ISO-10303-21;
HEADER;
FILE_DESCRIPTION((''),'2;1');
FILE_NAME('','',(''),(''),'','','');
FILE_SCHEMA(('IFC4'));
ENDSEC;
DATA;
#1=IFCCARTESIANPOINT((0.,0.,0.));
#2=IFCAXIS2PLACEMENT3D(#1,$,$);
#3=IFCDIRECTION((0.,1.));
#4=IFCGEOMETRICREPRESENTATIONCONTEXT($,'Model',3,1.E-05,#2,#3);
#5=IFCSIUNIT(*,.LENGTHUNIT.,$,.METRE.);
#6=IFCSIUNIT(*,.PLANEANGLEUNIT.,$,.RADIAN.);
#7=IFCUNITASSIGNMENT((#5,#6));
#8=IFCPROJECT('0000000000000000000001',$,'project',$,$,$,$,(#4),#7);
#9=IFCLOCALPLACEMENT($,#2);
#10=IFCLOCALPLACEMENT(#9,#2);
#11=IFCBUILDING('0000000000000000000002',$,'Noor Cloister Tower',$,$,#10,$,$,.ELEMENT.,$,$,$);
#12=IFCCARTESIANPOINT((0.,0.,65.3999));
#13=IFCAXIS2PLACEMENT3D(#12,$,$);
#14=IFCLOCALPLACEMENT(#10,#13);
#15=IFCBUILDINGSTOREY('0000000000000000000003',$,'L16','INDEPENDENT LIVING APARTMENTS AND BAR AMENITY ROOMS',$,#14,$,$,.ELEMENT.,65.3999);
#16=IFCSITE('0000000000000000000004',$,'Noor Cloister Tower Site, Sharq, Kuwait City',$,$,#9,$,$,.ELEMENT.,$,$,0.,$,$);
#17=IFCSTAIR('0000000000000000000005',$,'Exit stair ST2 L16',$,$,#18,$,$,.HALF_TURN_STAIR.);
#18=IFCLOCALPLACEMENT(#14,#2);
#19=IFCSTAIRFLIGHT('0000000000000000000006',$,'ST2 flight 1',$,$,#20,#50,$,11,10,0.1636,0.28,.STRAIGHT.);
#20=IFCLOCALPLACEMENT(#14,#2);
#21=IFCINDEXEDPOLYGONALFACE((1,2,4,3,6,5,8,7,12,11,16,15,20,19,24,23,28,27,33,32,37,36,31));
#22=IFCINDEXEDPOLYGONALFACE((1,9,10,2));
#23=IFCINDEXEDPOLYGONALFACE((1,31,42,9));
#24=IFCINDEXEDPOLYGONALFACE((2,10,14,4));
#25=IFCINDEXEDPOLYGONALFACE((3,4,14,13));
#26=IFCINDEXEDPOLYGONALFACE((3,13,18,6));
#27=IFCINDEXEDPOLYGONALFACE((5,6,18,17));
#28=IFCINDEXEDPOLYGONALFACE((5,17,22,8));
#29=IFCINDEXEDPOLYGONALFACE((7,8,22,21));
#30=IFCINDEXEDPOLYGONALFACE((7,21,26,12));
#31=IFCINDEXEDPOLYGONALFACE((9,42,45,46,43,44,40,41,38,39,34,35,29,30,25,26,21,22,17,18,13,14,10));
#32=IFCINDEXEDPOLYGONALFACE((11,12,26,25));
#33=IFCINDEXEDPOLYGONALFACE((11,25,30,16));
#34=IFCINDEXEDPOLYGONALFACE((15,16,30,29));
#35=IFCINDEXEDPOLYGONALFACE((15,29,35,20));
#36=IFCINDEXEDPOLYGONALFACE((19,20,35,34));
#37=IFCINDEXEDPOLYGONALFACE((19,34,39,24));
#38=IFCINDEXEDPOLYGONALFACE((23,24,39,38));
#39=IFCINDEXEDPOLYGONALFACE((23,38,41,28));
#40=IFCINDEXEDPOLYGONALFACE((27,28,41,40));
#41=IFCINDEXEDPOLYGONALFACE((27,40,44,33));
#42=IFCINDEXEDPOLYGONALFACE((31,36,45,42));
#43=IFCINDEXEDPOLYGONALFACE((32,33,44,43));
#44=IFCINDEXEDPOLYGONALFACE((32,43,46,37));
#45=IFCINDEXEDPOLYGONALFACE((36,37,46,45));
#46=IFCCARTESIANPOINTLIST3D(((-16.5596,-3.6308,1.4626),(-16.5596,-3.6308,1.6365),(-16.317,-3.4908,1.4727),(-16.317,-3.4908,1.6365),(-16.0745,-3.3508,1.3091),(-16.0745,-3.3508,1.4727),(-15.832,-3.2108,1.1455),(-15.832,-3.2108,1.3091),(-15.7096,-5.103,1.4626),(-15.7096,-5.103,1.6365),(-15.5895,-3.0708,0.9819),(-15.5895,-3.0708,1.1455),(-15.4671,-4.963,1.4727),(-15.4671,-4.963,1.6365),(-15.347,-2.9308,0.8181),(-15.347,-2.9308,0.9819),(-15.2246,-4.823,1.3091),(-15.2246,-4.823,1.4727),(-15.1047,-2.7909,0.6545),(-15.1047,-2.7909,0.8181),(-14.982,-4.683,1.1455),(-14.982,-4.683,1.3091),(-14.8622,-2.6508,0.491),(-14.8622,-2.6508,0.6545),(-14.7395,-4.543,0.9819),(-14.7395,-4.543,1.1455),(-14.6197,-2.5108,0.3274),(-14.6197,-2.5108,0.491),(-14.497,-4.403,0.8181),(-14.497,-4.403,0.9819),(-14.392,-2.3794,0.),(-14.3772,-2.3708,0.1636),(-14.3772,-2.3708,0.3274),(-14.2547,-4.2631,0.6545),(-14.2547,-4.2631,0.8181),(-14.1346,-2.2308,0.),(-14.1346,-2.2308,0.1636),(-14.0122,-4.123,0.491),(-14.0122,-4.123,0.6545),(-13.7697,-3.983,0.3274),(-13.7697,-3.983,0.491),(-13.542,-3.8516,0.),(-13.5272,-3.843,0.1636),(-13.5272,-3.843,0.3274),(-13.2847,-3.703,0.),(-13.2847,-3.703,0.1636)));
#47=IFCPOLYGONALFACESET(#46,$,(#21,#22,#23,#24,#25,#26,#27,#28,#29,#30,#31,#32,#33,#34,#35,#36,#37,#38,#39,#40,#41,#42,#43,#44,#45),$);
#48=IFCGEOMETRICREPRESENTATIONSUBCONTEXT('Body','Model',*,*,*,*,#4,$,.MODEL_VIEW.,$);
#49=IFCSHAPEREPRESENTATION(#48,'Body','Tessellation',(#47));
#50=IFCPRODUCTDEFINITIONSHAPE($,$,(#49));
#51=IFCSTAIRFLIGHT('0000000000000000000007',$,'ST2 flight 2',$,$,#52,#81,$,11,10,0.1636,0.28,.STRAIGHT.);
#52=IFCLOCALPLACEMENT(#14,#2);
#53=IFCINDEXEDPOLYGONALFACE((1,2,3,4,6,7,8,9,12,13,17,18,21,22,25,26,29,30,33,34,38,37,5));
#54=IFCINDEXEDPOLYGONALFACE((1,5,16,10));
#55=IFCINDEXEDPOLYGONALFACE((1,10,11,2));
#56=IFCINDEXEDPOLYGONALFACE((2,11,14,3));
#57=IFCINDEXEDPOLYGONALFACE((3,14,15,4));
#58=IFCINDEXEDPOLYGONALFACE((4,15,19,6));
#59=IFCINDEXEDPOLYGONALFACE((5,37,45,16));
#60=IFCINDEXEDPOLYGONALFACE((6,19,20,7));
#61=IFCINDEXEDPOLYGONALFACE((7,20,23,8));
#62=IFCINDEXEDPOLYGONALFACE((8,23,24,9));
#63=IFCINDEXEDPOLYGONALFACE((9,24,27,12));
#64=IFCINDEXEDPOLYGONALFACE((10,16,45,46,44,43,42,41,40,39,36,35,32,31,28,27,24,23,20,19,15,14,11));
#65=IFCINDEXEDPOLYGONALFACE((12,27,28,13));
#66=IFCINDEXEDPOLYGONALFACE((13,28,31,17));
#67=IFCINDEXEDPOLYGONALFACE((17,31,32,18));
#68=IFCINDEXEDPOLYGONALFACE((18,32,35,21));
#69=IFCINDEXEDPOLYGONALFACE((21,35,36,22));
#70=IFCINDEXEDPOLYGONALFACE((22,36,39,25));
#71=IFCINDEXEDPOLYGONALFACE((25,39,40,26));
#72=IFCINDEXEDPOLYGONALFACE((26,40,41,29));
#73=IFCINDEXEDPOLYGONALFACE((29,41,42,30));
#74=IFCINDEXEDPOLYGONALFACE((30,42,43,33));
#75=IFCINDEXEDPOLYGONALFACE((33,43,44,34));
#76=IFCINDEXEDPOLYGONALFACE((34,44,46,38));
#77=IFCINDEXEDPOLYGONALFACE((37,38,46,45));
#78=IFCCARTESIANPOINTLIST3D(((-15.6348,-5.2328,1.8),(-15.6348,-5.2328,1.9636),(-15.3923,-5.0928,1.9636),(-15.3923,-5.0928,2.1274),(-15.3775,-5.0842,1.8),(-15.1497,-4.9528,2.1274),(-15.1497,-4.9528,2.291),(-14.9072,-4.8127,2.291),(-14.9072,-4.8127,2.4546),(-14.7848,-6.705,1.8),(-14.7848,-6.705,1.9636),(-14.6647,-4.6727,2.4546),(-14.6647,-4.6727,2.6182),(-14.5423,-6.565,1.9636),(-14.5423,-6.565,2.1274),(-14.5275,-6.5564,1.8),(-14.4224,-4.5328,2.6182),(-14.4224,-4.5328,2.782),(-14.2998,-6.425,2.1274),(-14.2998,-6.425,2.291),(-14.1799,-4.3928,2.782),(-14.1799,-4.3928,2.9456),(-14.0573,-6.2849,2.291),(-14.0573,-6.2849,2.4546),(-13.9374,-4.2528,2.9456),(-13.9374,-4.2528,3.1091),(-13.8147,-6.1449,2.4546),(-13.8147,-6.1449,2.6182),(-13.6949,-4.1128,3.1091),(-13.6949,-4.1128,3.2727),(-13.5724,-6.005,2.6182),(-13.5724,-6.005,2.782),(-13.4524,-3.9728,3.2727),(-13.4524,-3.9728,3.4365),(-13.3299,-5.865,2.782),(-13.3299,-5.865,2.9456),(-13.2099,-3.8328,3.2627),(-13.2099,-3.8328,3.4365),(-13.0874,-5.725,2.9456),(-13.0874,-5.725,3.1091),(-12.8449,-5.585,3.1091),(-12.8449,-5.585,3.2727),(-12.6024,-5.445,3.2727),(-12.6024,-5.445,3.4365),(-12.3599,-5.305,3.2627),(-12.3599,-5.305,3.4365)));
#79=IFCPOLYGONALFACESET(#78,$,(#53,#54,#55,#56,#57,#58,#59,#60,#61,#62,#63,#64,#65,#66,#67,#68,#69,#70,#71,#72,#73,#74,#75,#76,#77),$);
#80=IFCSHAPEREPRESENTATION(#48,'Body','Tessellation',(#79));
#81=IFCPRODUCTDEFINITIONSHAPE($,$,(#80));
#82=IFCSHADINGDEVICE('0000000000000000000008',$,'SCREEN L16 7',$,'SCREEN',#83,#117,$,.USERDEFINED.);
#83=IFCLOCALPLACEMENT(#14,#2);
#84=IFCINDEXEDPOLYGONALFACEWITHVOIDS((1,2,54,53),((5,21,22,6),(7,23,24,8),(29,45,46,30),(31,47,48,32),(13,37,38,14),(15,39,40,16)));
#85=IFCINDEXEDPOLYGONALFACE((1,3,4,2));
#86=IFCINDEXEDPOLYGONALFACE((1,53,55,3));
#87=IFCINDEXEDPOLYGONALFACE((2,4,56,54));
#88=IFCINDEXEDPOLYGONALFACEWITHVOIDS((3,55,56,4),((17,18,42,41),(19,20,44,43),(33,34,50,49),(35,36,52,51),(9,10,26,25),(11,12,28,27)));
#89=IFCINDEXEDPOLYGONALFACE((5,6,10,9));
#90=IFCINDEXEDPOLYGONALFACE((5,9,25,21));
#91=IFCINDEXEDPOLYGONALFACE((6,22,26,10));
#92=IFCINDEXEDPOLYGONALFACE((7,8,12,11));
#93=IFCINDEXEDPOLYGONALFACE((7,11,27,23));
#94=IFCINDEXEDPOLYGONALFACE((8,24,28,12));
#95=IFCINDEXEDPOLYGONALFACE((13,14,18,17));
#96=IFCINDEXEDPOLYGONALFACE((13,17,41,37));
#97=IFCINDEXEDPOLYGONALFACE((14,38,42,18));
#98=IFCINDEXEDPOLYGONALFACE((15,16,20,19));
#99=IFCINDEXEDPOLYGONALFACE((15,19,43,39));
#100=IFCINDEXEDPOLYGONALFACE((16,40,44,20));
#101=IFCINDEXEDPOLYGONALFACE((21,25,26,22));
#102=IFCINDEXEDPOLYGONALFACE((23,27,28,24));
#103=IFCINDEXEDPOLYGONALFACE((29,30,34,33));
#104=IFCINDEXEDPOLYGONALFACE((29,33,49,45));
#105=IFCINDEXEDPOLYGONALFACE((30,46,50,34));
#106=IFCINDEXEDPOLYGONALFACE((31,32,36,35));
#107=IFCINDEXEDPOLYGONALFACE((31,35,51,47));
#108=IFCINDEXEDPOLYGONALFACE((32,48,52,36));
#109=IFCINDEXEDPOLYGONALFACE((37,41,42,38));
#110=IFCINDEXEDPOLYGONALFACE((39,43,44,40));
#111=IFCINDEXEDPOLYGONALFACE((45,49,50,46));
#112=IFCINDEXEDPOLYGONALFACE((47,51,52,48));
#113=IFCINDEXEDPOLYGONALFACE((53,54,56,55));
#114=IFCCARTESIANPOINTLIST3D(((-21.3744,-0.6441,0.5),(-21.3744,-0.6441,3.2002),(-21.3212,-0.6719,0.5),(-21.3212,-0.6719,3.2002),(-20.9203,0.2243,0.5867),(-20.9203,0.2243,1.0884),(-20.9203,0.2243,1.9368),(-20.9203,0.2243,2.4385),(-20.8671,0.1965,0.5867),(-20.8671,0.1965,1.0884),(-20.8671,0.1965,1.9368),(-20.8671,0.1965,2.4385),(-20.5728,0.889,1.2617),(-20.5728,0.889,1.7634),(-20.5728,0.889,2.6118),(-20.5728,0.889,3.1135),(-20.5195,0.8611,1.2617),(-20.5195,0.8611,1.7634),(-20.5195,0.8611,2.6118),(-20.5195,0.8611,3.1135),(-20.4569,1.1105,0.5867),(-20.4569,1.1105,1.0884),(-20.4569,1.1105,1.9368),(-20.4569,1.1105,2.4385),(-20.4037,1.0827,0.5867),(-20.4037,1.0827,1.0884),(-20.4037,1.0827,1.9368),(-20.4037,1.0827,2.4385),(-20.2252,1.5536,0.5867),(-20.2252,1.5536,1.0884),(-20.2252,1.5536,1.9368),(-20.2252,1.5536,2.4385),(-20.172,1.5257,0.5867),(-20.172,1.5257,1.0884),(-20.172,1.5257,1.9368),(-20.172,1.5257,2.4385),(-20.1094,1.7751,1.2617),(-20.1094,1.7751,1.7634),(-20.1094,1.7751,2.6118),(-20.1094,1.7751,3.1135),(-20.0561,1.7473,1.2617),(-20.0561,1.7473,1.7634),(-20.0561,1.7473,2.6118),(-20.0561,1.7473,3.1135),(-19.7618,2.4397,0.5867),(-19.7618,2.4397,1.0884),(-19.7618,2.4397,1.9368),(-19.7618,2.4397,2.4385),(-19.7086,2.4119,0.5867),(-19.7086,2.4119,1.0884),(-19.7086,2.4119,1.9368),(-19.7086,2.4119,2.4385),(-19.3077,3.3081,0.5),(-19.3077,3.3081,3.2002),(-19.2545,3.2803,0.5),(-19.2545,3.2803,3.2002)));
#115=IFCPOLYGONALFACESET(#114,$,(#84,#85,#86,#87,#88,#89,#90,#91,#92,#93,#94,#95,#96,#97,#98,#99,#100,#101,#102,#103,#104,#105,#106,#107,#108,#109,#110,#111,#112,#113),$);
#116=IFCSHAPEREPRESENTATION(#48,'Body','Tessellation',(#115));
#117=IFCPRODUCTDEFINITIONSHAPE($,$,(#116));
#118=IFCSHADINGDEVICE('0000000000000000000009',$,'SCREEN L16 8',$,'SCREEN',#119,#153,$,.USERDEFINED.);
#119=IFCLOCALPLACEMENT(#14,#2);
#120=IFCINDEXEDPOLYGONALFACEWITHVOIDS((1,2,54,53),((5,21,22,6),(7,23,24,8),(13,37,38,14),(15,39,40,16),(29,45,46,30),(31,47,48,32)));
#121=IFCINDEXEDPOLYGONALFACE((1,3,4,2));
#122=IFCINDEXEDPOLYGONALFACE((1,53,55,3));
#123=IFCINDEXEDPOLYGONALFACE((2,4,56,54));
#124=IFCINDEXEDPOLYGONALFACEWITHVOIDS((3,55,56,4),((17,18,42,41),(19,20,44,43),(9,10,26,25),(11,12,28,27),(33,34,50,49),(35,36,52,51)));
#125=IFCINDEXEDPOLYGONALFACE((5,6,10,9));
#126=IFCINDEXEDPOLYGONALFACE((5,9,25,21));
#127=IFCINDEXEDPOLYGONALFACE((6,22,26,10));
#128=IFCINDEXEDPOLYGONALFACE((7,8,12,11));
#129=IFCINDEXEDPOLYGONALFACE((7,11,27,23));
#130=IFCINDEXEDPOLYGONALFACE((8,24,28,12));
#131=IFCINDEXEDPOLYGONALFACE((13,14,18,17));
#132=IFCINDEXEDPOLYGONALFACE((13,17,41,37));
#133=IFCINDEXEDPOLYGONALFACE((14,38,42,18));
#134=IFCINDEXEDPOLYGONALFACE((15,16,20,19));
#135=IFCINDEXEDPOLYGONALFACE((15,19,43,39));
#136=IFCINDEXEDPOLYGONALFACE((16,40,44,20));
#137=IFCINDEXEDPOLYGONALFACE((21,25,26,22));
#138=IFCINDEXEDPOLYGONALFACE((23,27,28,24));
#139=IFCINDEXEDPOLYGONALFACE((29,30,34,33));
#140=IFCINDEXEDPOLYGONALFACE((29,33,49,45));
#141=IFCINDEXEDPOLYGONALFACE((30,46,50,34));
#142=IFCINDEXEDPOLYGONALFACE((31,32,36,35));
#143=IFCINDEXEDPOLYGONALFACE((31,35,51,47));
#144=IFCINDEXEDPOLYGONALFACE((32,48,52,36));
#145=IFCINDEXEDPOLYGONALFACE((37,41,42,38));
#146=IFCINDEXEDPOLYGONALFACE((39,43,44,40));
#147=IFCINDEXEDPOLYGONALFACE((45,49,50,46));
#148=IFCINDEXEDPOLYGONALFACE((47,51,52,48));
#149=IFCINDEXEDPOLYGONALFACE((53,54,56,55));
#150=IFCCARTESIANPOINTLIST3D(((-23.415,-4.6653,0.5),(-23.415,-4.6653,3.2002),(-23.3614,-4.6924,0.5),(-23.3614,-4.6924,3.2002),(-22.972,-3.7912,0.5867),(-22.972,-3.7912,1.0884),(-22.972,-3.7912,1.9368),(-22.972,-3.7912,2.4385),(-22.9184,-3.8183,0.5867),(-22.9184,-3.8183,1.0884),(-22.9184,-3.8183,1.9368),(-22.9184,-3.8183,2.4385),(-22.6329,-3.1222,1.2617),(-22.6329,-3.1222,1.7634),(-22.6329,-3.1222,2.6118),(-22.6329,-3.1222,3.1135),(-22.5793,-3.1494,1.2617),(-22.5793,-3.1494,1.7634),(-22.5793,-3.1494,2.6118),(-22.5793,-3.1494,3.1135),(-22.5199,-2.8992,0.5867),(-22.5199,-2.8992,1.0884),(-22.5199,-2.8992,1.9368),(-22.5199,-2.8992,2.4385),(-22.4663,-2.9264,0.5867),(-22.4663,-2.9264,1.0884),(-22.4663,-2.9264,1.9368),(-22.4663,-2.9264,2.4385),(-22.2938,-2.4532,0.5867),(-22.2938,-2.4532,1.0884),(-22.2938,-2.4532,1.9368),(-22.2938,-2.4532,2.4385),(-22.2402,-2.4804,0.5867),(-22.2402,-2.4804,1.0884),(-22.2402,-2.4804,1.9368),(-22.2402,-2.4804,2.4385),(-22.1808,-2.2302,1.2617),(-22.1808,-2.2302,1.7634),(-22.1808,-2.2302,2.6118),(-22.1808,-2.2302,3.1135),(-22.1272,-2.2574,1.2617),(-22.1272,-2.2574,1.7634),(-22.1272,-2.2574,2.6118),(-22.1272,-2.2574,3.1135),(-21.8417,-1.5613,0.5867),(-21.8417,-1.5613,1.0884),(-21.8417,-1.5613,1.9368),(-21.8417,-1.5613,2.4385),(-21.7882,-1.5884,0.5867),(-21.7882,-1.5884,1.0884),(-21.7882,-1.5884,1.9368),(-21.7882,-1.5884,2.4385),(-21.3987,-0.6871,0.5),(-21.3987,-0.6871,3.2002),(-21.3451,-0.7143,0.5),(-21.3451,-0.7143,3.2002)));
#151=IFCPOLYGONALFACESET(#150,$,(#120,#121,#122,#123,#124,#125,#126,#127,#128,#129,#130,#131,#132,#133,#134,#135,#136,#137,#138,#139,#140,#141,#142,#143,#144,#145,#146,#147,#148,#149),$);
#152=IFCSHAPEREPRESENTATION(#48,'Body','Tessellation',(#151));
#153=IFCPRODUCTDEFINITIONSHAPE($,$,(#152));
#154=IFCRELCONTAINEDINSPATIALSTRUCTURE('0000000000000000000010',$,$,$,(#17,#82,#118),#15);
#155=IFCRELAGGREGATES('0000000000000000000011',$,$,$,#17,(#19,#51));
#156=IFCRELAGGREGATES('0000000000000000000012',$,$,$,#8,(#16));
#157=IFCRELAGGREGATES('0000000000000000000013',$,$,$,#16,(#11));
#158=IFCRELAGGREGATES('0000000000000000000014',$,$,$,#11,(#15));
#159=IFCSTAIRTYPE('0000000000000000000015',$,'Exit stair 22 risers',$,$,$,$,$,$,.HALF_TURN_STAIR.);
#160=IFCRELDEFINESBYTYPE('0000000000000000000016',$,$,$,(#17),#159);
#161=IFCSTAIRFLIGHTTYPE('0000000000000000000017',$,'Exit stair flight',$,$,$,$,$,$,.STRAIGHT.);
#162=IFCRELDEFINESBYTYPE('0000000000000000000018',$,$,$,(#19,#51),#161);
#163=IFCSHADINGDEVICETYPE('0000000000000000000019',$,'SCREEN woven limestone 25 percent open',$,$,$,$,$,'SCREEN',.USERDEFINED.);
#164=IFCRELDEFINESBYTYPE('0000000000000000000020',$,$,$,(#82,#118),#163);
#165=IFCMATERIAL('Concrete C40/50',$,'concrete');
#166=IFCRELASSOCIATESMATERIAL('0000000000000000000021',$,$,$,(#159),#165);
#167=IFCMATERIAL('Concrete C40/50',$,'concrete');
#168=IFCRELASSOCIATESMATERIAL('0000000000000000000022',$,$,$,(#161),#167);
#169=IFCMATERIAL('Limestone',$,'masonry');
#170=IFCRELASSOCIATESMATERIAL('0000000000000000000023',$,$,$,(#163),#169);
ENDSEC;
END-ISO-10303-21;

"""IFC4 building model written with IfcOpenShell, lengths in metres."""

from ifc_helpers import new_model, si_unit, direction, frame, origin, place, context, subcontext, project, spatial, polyline, outline, extrude, material, material_profile, profile_set, type_object, element, aggregate, save


model = new_model("IFC4")

# Units and contexts
model_context = context("Model", 3, precision=1e-05, world=origin(), true_north=direction((0.0, 1.0)))
body_context = subcontext(model_context, "Body", "Model", "MODEL_VIEW")
ifc_project = project(units=[si_unit("LENGTHUNIT", "METRE"), si_unit("PLANEANGLEUNIT", "RADIAN")], contexts=[model_context])

# Site, building, storey
site_placement = place(None, origin())
site = spatial("IfcSite", under=ifc_project, at=site_placement, Name="Noor Cloister Tower Site, Sharq, Kuwait City", CompositionType="ELEMENT", RefElevation=0.0)
building_placement = place(site_placement, origin())
building = spatial("IfcBuilding", under=site, at=building_placement, Name="Noor Cloister Tower", CompositionType="ELEMENT")
storey_placement = place(building_placement, frame((0.0, 0.0, 65.3999)))
storey = spatial("IfcBuildingStorey", under=building, at=storey_placement, Name="L16", Description="INDEPENDENT LIVING APARTMENTS AND BAR AMENITY ROOMS", CompositionType="ELEMENT", Elevation=65.3999)

# Stair, stair flights
ifc_material_1 = material(Name="Concrete C40/50", Category="concrete")
stair_type = type_object("IfcStairType", Name="Exit stair 22 risers", PredefinedType="HALF_TURN_STAIR", material=ifc_material_1)
stair_placement = place(storey_placement, origin())
stair = element("IfcStair", 1, at=stair_placement, inside=storey, type_object=stair_type, Name="Exit stair ST2 L16", PredefinedType="HALF_TURN_STAIR")
ifc_material_2 = material(Name="Concrete C40/50", Category="concrete")
stair_flight_type = type_object("IfcStairFlightType", Name="Exit stair flight", PredefinedType="STRAIGHT", material=ifc_material_2)
stair_flight_1_placement = place(storey_placement, frame((-13.7097, -2.9668, 0.0), z_axis=(0.0, 0.0, 1.0), x_axis=(-0.866025, -0.5, 0.0)))
stair_flight_1 = element("IfcStairFlight", 2, at=stair_flight_1_placement, type_object=stair_flight_type, Name="ST2 flight 1", NumberOfRisers=11, NumberOfTreads=10, PredefinedType="STRAIGHT", RiserHeight=0.1636, TreadLength=0.28, context=body_context, shape_type="SweptSolid", body=[
    extrude(outline(polyline([(0.0, 0.0), (0.0, 0.1636), (0.28, 0.1636), (0.28, 0.3274), (0.5601, 0.3274), (0.5601, 0.491), (0.8401, 0.491), (0.8401, 0.6545), (1.1201, 0.6545), (1.1201, 0.8181), (1.3999, 0.8181), (1.3999, 0.9819), (1.6799, 0.9819), (1.6799, 1.1455), (1.96, 1.1455), (1.96, 1.3091), (2.24, 1.3091), (2.24, 1.4727), (2.52, 1.4727), (2.52, 1.6365), (2.8, 1.6365), (2.8, 1.8), (2.8, 1.4626), (0.2971, 0.0), (0.0, 0.0)])), frame((0.0, 0.8501, 0.0), z_axis=(0.0, -1.0, 0.0), x_axis=(1.0, 0.0, 0.0)), (0.0, 0.0, 1.0), 1.7),
])
stair_flight_2_placement = place(storey_placement, frame((-15.2097, -5.969, 1.8), z_axis=(0.0, 0.0, 1.0), x_axis=(0.866025, 0.5, 0.0)))
stair_flight_2 = element("IfcStairFlight", 3, at=stair_flight_2_placement, type_object=stair_flight_type, Name="ST2 flight 2", NumberOfRisers=11, NumberOfTreads=10, PredefinedType="STRAIGHT", RiserHeight=0.1636, TreadLength=0.28, context=body_context, shape_type="SweptSolid", body=[
    extrude(outline(polyline([(0.0, 0.0), (0.0, 0.1636), (0.28, 0.1636), (0.28, 0.3274), (0.5601, 0.3274), (0.5601, 0.491), (0.8401, 0.491), (0.8401, 0.6545), (1.1201, 0.6545), (1.1201, 0.8181), (1.3999, 0.8181), (1.3999, 0.9819), (1.6799, 0.9819), (1.6799, 1.1455), (1.96, 1.1455), (1.96, 1.3091), (2.24, 1.3091), (2.24, 1.4727), (2.52, 1.4727), (2.52, 1.6365), (2.8, 1.6365), (2.8, 1.8), (2.8, 1.4626), (0.2971, 0.0), (0.0, 0.0)])), frame((0.0, 0.8501, 0.0), z_axis=(0.0, -1.0, 0.0), x_axis=(1.0, 0.0, 0.0)), (0.0, 0.0, 1.0), 1.7),
])
aggregate(stair, [stair_flight_1, stair_flight_2])

# Shading devices
ifc_material_3 = material(Name="Limestone", Category="masonry")
ifc_material_profile_1 = material_profile(ifc_material_3, outline(polyline([(-2.23, -1.3501), (2.23, -1.3501), (2.23, 1.3501), (-2.23, 1.3501), (-2.23, -1.3501)]), holes=[polyline([(-1.25, -1.2634), (-0.25, -1.2634), (-0.25, -0.7617), (-1.25, -0.7617), (-1.25, -1.2634)]), polyline([(0.25, -1.2634), (1.25, -1.2634), (1.25, -0.7617), (0.25, -0.7617), (0.25, -1.2634)]), polyline([(-0.5, -0.5884), (0.5, -0.5884), (0.5, -0.0867), (-0.5, -0.0867), (-0.5, -0.5884)]), polyline([(-1.25, 0.0867), (-0.25, 0.0867), (-0.25, 0.5884), (-1.25, 0.5884), (-1.25, 0.0867)]), polyline([(0.25, 0.0867), (1.25, 0.0867), (1.25, 0.5884), (0.25, 0.5884), (0.25, 0.0867)]), polyline([(-0.5, 0.7617), (0.5, 0.7617), (0.5, 1.2634), (-0.5, 1.2634), (-0.5, 0.7617)])]), Name="Woven screen 25 percent open")
ifc_profile_set_1 = profile_set([ifc_material_profile_1], Name="Limestone")
shading_device_type = type_object("IfcShadingDeviceType", Name="SCREEN woven limestone 25 percent open", ElementType="SCREEN", PredefinedType="USERDEFINED", material=ifc_profile_set_1)
for number, where, z_axis, x_axis, name in (
    (4, (-20.2878, 1.3042, 1.8501), (-0.88615, 0.463399, 0.0), (-0.463399, -0.88615, 0.0), "SCREEN L16 7"),
    (5, (-22.3533, -2.7034, 1.8501), (-0.89197, 0.452094, 0.0), (-0.452094, -0.89197, 0.0), "SCREEN L16 8"),
):
    element("IfcShadingDevice", number, at=place(storey_placement, frame(where, z_axis=z_axis, x_axis=x_axis)), inside=storey, type_object=shading_device_type, Name=name, ObjectType="SCREEN", PredefinedType="USERDEFINED", context=body_context, shape_type="SweptSolid", body=[
        extrude(outline(polyline([(-2.23, -1.3501), (2.23, -1.3501), (2.23, 1.3501), (-2.23, 1.3501), (-2.23, -1.3501)]), holes=[polyline([(-1.25, -1.2634), (-0.25, -1.2634), (-0.25, -0.7617), (-1.25, -0.7617), (-1.25, -1.2634)]), polyline([(0.25, -1.2634), (1.25, -1.2634), (1.25, -0.7617), (0.25, -0.7617), (0.25, -1.2634)]), polyline([(-0.5, -0.5884), (0.5, -0.5884), (0.5, -0.0867), (-0.5, -0.0867), (-0.5, -0.5884)]), polyline([(-1.25, 0.0867), (-0.25, 0.0867), (-0.25, 0.5884), (-1.25, 0.5884), (-1.25, 0.0867)]), polyline([(0.25, 0.0867), (1.25, 0.0867), (1.25, 0.5884), (0.25, 0.5884), (0.25, 0.0867)]), polyline([(-0.5, 0.7617), (0.5, 0.7617), (0.5, 1.2634), (-0.5, 1.2634), (-0.5, 0.7617)])]), origin(), (0.0, 0.0, 1.0), 0.0601),
    ])

save(model, "model.ifc")
